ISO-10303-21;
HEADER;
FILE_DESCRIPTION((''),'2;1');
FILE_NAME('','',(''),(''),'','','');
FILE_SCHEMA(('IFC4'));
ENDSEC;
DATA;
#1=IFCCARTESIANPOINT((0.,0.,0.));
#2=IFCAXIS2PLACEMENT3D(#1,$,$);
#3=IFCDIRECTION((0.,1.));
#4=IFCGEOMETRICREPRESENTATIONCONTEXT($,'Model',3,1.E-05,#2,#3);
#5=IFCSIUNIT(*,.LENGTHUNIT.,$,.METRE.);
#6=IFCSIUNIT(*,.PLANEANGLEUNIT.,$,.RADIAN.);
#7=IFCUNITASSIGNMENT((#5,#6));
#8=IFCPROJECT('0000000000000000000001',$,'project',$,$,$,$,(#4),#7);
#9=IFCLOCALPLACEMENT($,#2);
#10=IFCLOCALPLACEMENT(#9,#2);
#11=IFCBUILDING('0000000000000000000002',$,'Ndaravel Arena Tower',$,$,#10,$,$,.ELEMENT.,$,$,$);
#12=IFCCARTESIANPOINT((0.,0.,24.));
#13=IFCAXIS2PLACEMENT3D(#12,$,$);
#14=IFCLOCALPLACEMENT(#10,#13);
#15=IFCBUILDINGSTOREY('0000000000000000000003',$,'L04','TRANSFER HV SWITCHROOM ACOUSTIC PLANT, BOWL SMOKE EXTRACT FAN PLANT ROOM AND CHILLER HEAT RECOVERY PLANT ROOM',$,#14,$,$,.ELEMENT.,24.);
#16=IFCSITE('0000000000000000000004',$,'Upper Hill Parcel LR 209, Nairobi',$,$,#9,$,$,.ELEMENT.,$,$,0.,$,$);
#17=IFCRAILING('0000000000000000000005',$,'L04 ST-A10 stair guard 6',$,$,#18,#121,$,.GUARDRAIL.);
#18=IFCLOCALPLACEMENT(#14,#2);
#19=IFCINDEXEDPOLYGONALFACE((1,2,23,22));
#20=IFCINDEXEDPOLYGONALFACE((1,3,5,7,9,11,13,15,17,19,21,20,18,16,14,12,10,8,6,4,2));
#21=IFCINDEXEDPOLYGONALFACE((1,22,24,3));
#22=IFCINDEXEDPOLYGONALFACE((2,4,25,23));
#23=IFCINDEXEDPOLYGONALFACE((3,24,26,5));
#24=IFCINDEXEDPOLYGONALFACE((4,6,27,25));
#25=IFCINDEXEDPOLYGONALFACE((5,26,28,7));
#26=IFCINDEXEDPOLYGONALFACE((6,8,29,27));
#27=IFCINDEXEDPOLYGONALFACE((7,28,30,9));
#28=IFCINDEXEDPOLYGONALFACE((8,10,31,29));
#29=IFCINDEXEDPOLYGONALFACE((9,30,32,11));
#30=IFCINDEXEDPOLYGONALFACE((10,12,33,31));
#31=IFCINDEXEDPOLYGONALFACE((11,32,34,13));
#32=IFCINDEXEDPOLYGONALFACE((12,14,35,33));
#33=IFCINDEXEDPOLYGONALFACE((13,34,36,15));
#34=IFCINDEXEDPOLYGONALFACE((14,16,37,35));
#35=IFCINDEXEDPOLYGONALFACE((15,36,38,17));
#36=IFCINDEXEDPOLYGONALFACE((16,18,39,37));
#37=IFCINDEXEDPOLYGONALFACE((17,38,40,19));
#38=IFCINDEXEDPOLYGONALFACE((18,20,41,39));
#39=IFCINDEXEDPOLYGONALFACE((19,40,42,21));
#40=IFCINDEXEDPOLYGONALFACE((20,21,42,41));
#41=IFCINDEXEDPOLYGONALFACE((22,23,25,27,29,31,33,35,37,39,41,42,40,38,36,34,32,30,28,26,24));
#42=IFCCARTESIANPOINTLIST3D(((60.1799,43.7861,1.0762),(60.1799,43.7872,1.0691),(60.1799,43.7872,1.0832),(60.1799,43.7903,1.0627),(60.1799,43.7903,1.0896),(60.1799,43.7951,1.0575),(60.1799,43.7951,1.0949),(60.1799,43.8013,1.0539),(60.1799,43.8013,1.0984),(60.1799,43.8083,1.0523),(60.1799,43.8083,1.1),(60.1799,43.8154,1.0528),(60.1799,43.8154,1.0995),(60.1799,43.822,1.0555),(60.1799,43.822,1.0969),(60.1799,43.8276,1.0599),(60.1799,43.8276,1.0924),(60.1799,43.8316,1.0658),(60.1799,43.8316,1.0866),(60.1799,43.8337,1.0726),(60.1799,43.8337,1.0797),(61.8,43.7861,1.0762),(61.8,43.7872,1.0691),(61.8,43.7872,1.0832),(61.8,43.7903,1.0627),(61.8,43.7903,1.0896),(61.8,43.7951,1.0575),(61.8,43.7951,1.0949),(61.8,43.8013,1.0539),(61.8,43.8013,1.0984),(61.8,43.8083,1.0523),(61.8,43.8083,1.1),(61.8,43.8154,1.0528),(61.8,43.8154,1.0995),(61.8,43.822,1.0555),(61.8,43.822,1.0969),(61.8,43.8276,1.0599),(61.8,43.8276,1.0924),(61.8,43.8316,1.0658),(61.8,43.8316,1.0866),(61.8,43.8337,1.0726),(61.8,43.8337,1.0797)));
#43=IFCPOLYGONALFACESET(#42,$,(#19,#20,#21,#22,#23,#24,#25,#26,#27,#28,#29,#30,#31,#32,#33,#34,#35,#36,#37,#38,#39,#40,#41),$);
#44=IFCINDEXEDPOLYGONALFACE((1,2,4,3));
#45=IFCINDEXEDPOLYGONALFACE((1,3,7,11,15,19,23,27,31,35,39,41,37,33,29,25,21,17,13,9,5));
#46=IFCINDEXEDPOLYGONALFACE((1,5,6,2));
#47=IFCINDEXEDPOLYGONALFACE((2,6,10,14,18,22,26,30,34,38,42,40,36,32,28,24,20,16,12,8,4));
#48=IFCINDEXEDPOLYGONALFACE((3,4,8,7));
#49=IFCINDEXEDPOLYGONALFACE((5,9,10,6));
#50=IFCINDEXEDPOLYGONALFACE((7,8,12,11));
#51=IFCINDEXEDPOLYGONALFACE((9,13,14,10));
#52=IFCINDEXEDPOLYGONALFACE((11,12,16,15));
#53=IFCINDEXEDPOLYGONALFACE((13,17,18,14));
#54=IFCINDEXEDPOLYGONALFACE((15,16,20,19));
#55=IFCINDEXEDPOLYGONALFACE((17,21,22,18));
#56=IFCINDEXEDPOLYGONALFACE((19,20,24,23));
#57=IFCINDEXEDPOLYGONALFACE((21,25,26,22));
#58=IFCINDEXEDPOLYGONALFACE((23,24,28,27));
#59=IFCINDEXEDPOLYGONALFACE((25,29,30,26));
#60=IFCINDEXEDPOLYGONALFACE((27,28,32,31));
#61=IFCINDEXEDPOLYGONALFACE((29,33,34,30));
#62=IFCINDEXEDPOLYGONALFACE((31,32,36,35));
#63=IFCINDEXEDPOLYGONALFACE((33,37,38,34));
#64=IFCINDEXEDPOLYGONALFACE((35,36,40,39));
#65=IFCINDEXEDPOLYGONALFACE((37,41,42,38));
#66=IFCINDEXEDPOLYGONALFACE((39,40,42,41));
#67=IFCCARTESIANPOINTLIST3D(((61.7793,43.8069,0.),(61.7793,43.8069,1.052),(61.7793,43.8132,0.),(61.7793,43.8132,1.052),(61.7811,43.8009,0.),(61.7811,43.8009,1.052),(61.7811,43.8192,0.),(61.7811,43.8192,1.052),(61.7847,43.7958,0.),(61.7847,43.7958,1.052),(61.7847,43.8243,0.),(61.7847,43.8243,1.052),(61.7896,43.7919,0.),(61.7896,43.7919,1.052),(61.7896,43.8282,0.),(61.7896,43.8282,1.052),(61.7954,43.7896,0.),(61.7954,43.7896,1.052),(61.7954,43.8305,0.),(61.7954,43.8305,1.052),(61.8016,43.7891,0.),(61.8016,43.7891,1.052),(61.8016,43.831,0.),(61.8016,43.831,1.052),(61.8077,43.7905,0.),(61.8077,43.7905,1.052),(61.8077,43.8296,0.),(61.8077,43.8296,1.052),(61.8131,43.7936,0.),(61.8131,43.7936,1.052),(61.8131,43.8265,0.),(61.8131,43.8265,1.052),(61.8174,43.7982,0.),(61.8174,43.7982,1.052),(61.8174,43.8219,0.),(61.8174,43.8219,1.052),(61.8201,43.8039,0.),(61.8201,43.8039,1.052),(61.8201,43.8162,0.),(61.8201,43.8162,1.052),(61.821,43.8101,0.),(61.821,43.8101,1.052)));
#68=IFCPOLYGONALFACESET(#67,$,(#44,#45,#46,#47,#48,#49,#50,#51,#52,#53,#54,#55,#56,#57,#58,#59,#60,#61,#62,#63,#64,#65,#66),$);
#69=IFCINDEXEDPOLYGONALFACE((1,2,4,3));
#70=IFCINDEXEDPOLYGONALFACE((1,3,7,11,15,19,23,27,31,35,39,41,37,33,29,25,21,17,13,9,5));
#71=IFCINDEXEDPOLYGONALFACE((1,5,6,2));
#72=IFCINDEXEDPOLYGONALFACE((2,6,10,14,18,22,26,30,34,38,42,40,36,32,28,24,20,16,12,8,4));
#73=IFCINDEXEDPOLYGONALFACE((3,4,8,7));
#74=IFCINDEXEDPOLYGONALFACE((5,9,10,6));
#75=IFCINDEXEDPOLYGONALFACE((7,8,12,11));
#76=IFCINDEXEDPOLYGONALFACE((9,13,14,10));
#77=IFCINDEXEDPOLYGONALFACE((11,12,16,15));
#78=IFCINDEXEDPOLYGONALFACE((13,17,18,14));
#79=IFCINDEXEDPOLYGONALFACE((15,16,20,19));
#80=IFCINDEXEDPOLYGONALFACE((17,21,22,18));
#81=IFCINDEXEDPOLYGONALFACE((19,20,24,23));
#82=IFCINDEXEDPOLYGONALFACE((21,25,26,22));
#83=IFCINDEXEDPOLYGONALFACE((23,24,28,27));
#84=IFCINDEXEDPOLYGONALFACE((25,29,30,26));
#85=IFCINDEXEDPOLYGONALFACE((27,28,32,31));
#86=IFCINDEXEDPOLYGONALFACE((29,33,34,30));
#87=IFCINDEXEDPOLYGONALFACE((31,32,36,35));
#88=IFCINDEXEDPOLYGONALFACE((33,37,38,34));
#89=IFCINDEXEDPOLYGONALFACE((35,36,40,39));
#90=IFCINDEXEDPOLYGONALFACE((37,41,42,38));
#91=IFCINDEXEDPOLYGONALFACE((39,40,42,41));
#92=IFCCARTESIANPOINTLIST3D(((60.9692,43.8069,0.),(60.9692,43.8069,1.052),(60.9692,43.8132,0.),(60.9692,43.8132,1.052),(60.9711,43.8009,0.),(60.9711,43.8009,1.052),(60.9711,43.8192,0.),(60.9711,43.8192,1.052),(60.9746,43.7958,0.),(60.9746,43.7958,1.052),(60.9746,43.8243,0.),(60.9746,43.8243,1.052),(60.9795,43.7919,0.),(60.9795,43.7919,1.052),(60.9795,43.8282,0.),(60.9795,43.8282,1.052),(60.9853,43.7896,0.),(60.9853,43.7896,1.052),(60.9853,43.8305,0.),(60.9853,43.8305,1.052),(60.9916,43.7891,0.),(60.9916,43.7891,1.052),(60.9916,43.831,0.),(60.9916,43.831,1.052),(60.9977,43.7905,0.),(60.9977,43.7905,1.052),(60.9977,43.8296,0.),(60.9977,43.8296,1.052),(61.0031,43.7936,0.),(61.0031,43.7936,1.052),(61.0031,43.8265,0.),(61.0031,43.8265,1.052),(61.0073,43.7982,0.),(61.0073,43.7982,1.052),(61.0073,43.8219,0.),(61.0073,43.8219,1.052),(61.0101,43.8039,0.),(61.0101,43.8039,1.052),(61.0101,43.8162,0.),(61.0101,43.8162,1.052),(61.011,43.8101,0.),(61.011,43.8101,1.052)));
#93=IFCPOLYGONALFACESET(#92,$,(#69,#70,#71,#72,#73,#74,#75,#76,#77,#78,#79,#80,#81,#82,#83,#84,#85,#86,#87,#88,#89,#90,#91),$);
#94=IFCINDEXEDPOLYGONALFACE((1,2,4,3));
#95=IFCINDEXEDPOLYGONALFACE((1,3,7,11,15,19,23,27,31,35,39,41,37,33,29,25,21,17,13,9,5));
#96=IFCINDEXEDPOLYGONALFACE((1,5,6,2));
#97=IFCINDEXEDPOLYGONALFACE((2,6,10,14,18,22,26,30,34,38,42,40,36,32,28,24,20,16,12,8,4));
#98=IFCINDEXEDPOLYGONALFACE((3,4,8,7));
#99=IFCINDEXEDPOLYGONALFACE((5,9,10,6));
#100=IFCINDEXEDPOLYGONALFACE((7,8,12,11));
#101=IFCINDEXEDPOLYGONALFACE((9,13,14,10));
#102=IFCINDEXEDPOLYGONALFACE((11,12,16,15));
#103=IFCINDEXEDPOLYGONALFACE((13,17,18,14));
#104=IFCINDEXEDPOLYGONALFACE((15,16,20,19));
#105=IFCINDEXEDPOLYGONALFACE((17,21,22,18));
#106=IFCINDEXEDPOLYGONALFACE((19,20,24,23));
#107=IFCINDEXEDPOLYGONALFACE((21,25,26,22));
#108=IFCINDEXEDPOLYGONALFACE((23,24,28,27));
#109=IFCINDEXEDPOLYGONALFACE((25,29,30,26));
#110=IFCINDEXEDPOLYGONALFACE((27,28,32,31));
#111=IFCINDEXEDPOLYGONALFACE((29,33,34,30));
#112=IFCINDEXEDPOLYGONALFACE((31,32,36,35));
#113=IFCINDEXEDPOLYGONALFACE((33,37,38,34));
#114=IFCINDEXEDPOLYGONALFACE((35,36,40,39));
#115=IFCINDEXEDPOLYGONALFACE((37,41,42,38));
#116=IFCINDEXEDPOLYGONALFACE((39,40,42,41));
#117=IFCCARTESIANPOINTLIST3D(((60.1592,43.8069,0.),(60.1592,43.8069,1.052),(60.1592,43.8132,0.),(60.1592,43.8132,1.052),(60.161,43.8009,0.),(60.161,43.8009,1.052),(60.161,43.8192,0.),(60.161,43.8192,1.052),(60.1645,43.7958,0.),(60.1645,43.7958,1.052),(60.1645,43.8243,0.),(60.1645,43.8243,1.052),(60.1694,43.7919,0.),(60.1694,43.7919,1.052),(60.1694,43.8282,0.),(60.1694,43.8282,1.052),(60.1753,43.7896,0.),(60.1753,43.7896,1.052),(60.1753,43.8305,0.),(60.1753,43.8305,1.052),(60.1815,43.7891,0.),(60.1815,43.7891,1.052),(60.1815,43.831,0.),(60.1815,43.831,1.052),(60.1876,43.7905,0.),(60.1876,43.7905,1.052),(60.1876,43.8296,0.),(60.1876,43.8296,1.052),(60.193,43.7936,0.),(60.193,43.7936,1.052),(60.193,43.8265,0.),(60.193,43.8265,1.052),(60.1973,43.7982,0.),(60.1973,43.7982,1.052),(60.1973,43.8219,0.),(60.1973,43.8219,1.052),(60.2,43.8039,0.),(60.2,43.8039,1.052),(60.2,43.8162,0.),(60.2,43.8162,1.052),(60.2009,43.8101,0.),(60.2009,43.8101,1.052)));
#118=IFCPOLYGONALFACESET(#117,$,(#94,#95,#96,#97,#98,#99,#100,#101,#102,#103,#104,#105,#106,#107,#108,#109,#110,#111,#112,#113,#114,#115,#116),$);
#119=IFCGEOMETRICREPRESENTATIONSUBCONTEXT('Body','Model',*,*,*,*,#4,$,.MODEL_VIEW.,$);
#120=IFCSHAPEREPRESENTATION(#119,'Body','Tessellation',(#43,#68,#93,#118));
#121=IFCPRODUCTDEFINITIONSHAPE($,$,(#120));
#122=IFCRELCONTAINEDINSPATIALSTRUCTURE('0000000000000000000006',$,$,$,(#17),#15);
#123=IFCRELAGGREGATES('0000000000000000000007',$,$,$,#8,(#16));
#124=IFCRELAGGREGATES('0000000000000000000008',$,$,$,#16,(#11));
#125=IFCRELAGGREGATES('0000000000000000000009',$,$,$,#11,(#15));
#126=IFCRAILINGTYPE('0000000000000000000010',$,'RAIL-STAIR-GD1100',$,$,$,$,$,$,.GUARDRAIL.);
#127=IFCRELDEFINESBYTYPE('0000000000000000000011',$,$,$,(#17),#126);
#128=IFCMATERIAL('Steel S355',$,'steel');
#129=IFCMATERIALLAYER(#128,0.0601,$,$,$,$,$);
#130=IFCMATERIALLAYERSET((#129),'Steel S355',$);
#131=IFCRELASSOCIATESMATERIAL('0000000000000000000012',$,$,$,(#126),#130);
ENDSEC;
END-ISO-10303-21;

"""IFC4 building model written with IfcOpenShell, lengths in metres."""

from ifc_helpers import new_model, si_unit, direction, frame, origin, origin_2d, place, context, subcontext, project, spatial, circle, extrude, material, layer, layer_set, type_object, element, save


model = new_model("IFC4")

# Units and contexts
model_context = context("Model", 3, precision=1e-05, world=origin(), true_north=direction((0.0, 1.0)))
body_context = subcontext(model_context, "Body", "Model", "MODEL_VIEW")
ifc_project = project(units=[si_unit("LENGTHUNIT", "METRE"), si_unit("PLANEANGLEUNIT", "RADIAN")], contexts=[model_context])

# Site, building, storey
site_placement = place(None, origin())
site = spatial("IfcSite", under=ifc_project, at=site_placement, Name="Upper Hill Parcel LR 209, Nairobi", CompositionType="ELEMENT", RefElevation=0.0)
building_placement = place(site_placement, origin())
building = spatial("IfcBuilding", under=site, at=building_placement, Name="Ndaravel Arena Tower", CompositionType="ELEMENT")
storey_placement = place(building_placement, frame((0.0, 0.0, 24.0)))
storey = spatial("IfcBuildingStorey", under=building, at=storey_placement, Name="L04", Description="TRANSFER HV SWITCHROOM ACOUSTIC PLANT, BOWL SMOKE EXTRACT FAN PLANT ROOM AND CHILLER HEAT RECOVERY PLANT ROOM", CompositionType="ELEMENT", Elevation=24.0)

# Railing
ifc_material_1 = material(Name="Steel S355", Category="steel")
ifc_layer_1 = layer(ifc_material_1, 0.0601)
ifc_layer_set_1 = layer_set([ifc_layer_1], Name="Steel S355")
railing_type_1 = type_object("IfcRailingType", Name="RAIL-STAIR-GD1100", PredefinedType="GUARDRAIL", material=ifc_layer_set_1)
for number, where, name in (
    (1, (61.8, 43.8101, 0.0), "L04 ST-A10 stair guard 6"),
):
    element("IfcRailing", number, at=place(storey_placement, frame(where)), inside=storey, type_object=railing_type_1, Name=name, PredefinedType="GUARDRAIL", context=body_context, shape_type="SweptSolid", body=[
        extrude(circle(Radius=0.0239, at=origin_2d()), frame((0.0, 0.0, 1.0762), z_axis=(-1.0, 0.0, 0.0), x_axis=(0.0, -1.0, 0.0)), (0.0, 0.0, 1.0), 1.6201),
        extrude(circle(Radius=0.021, at=origin_2d()), origin(), (0.0, 0.0, 1.0), 1.052),
        extrude(circle(Radius=0.021, at=origin_2d()), frame((-0.8101, 0.0, 0.0)), (0.0, 0.0, 1.0), 1.052),
        extrude(circle(Radius=0.021, at=origin_2d()), frame((-1.6201, 0.0, 0.0)), (0.0, 0.0, 1.0), 1.052),
    ])

save(model, "model.ifc")
